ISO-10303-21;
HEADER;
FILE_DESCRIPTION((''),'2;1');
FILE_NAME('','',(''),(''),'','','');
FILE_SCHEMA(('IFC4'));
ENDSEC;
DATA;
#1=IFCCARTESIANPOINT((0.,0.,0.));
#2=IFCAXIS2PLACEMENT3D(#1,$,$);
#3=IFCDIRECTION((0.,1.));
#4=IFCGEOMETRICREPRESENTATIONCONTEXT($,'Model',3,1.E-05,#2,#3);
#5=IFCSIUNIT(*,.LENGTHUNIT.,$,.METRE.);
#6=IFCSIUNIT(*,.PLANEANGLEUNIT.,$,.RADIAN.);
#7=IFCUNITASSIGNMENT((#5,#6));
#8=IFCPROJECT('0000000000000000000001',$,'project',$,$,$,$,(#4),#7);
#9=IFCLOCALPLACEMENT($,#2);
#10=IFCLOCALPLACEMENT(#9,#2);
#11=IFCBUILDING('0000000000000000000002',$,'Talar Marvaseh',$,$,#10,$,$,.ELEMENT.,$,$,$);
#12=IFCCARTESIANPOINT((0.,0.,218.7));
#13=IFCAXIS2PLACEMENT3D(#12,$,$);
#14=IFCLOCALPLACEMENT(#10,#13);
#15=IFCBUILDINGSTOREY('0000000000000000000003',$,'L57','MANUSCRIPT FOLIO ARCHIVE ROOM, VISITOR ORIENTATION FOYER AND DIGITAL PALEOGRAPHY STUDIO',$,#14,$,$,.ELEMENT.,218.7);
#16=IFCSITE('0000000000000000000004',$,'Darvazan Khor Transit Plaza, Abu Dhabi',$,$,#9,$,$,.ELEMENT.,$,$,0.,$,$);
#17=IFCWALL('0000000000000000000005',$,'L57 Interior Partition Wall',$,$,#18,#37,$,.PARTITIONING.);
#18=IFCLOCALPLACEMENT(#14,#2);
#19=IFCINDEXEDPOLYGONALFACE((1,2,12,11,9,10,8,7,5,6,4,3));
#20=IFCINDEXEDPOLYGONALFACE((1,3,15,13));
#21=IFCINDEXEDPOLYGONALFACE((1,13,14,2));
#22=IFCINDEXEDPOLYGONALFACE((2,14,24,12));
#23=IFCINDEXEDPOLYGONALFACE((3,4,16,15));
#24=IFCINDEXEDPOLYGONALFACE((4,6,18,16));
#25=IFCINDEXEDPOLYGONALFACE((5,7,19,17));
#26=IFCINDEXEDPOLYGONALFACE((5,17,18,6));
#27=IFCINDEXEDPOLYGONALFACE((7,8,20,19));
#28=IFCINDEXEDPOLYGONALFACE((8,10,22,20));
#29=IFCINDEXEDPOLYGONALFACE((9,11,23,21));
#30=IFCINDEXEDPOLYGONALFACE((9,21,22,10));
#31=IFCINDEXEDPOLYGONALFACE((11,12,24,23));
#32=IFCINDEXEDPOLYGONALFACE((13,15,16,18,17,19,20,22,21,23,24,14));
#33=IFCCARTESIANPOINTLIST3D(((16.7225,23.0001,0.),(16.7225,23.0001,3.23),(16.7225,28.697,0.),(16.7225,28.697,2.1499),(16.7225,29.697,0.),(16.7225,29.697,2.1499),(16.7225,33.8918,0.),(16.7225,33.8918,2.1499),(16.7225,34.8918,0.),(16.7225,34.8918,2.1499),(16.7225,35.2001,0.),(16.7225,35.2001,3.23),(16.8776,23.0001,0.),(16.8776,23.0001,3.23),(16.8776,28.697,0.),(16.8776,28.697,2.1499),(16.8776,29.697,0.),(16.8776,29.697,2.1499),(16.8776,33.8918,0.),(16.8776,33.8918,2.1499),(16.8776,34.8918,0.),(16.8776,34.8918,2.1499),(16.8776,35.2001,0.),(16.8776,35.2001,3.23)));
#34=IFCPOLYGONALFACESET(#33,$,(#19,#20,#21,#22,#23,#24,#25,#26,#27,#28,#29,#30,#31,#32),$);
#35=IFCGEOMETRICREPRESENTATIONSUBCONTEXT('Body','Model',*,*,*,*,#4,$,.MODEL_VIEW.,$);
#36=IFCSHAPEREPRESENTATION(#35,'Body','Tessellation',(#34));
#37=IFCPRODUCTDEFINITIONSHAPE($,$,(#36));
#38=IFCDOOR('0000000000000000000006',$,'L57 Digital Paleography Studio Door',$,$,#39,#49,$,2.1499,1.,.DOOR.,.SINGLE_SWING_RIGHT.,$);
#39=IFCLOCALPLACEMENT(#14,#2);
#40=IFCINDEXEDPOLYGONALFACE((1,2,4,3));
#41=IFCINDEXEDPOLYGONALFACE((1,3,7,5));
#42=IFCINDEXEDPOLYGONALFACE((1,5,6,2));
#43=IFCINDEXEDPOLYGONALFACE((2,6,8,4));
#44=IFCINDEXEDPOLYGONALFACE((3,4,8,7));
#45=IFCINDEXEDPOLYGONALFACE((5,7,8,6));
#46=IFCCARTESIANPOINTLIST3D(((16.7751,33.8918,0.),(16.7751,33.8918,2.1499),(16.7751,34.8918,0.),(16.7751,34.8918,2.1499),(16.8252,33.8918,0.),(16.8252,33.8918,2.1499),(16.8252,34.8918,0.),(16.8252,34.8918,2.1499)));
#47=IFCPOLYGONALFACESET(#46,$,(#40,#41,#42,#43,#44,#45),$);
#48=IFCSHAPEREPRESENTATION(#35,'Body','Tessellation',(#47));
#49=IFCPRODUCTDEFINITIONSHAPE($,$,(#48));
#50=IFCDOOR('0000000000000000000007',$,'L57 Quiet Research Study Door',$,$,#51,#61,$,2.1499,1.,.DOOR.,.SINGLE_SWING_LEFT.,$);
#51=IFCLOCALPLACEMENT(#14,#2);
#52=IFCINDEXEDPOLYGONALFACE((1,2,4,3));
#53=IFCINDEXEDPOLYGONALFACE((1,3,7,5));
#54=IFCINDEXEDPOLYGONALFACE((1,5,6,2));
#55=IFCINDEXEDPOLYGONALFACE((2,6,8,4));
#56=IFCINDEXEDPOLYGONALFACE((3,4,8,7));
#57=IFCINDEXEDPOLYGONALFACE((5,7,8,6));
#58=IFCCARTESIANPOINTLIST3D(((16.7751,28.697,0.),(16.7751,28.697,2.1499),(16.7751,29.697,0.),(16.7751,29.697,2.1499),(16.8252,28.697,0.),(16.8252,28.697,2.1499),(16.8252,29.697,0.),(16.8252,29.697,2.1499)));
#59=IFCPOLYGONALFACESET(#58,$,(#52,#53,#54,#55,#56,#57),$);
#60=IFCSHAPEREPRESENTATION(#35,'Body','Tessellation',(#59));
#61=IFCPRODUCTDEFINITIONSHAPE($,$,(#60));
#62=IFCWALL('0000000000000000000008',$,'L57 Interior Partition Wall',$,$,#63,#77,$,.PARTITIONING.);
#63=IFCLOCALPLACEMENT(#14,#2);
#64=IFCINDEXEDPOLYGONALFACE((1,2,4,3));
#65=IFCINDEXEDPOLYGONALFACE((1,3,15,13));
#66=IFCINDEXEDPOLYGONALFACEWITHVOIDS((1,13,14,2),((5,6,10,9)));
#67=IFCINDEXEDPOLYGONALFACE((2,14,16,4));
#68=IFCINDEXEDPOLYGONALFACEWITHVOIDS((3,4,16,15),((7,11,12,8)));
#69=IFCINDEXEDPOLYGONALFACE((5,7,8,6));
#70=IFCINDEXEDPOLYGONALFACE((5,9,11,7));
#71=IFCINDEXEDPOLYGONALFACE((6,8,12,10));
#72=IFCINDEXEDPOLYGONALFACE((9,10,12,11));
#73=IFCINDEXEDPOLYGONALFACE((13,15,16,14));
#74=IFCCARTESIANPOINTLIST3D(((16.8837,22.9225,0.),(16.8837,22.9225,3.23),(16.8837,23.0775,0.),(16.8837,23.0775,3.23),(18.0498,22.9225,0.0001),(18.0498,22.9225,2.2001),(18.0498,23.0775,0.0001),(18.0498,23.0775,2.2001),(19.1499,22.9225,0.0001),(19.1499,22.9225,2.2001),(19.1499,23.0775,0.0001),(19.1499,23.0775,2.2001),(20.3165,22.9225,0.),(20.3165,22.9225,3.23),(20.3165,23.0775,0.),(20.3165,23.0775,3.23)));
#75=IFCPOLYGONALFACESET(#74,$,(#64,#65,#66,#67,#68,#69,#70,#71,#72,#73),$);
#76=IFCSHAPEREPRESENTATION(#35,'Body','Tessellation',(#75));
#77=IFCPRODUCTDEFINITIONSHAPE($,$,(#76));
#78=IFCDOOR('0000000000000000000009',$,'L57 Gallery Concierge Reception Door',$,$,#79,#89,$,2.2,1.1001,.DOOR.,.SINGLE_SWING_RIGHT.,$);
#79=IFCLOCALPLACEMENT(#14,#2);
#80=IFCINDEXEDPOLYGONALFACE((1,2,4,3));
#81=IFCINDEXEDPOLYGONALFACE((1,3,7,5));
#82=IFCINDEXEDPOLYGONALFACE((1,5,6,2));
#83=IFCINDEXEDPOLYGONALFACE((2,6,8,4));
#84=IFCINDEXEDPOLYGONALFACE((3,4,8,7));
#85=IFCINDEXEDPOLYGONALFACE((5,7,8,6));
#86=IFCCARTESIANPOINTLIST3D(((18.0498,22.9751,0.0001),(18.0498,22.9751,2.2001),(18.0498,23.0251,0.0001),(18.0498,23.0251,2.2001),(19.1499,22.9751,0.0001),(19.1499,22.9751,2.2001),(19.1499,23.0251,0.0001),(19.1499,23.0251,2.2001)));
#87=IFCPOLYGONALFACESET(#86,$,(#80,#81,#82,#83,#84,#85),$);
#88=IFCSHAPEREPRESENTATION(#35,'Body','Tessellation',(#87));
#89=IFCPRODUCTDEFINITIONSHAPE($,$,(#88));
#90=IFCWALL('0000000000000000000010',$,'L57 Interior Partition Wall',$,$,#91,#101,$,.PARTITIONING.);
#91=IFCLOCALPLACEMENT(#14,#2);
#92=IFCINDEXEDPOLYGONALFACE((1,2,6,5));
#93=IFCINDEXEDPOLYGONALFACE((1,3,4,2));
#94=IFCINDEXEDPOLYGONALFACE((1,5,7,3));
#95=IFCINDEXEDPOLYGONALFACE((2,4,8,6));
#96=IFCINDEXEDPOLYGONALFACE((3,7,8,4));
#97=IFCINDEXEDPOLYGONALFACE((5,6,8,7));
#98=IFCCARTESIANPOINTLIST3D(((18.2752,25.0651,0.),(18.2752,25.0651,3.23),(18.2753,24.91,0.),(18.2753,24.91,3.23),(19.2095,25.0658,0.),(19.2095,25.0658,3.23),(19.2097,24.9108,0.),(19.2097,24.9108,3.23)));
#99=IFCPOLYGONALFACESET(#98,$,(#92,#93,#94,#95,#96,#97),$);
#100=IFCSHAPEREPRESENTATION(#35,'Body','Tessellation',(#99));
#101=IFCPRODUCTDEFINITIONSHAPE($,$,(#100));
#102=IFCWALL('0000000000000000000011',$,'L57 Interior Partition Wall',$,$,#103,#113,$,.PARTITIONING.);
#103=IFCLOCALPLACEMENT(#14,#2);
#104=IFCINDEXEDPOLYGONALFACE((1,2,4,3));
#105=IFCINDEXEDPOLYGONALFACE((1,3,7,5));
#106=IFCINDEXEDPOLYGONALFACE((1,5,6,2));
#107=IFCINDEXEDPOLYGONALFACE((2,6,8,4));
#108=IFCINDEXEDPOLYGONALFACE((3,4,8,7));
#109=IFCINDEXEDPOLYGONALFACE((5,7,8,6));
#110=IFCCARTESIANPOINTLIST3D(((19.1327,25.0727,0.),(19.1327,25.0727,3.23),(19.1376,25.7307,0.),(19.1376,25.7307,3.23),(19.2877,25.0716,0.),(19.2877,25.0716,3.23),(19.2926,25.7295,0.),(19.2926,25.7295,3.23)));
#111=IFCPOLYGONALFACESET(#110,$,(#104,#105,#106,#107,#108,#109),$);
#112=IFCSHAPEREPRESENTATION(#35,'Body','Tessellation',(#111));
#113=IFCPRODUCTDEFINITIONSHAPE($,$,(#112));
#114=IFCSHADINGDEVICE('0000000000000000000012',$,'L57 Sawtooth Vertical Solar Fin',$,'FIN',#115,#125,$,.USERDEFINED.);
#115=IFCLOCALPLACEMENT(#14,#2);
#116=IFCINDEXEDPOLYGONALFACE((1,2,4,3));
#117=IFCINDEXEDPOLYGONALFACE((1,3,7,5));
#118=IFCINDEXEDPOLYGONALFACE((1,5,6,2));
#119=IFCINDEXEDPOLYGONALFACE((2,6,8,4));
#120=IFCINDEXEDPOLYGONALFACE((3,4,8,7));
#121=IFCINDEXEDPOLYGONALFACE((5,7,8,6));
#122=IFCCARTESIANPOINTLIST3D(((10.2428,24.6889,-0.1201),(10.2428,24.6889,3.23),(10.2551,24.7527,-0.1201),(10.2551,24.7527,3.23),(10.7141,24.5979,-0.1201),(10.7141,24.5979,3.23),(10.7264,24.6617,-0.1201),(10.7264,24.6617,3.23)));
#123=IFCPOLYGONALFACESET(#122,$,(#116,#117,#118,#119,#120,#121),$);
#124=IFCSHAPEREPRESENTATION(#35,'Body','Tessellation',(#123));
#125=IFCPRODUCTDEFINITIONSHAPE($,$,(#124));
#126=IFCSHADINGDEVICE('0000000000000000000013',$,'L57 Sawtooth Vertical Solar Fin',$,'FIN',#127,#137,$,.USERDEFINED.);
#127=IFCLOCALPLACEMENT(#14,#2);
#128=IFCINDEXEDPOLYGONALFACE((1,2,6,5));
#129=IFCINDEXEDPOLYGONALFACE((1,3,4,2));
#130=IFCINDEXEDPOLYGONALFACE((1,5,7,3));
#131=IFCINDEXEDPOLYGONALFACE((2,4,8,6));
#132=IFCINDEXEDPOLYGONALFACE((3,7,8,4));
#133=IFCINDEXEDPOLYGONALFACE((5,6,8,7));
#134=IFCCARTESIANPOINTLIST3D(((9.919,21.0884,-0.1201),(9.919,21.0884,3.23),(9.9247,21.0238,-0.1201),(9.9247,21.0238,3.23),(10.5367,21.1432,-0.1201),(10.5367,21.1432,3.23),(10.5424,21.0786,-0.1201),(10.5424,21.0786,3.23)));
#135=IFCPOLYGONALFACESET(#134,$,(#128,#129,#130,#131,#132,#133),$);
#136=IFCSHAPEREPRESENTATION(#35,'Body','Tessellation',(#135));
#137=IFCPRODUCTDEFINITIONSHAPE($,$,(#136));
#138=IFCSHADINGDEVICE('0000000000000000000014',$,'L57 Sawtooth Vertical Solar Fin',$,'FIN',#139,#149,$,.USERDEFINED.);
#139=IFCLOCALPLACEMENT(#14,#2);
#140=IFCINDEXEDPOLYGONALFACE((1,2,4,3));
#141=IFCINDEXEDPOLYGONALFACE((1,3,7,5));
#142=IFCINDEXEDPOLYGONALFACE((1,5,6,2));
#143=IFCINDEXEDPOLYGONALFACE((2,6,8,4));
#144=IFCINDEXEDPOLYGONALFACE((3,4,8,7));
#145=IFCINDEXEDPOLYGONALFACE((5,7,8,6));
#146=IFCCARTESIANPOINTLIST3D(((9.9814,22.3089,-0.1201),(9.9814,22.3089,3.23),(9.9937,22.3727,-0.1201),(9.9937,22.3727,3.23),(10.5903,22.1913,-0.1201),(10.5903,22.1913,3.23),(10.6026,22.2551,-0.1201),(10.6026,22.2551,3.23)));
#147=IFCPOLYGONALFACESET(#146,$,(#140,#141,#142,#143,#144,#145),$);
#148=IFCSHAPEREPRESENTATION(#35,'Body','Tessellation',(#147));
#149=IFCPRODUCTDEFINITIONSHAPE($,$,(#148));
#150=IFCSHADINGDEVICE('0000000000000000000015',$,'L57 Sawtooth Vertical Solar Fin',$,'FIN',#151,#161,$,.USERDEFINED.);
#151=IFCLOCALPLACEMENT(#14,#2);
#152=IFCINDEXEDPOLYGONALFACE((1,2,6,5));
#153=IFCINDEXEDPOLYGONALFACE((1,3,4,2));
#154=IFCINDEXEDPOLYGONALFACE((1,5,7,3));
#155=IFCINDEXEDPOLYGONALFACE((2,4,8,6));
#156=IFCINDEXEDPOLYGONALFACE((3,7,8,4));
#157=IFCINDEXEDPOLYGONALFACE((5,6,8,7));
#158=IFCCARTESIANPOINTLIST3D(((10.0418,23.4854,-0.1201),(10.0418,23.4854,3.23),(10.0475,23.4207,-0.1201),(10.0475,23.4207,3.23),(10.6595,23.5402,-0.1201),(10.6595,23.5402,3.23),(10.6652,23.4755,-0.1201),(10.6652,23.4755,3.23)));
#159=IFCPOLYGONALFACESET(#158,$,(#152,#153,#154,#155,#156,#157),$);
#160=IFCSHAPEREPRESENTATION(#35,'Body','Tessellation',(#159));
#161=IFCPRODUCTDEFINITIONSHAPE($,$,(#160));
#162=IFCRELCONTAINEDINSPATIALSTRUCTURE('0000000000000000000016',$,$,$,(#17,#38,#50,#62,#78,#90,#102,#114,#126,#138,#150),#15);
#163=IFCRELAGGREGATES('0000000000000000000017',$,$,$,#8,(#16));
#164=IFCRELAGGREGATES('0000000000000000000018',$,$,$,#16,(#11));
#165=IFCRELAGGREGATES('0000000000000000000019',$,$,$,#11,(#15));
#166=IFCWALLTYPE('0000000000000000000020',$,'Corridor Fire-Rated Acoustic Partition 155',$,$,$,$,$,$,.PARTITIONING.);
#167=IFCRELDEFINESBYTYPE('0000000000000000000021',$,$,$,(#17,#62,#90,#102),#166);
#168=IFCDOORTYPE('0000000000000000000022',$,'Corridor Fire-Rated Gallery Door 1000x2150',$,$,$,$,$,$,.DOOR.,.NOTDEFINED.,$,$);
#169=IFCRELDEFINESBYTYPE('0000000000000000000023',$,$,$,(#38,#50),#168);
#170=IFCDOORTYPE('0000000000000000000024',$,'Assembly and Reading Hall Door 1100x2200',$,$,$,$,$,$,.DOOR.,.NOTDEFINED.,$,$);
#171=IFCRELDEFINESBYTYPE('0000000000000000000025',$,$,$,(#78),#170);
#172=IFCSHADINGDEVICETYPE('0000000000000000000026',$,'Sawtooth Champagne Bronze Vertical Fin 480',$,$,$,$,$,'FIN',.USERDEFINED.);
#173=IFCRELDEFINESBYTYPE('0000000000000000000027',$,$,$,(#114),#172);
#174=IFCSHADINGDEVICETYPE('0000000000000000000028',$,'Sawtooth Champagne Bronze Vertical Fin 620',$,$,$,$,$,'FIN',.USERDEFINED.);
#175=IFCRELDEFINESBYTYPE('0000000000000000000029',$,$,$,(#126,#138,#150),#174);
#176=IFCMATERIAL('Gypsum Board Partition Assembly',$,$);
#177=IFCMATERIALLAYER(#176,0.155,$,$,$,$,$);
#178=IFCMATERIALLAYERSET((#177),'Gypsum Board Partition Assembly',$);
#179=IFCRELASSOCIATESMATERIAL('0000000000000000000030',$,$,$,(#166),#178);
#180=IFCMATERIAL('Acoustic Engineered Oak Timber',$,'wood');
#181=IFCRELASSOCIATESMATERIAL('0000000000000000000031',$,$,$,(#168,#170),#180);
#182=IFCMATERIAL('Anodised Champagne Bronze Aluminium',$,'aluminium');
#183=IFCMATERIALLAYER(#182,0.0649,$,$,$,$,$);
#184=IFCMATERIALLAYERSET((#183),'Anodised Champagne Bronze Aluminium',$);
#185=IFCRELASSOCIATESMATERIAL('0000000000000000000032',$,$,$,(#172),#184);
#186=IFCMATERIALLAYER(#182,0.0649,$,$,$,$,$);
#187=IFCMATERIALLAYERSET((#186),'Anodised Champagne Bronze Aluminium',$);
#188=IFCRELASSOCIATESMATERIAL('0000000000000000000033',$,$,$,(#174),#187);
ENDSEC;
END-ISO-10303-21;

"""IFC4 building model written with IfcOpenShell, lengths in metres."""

from ifc_helpers import new_model, si_unit, direction, frame, frame_2d, origin, origin_2d, place, context, subcontext, project, spatial, rectangle, extrude, source, transform, mapped, material, layer, layer_set, type_object, type_shapes, element, fill, save


model = new_model("IFC4")

# Units and contexts
model_context = context("Model", 3, precision=1e-05, world=origin(), true_north=direction((0.0, 1.0)))
body_context = subcontext(model_context, "Body", "Model", "MODEL_VIEW")
ifc_project = project(units=[si_unit("LENGTHUNIT", "METRE"), si_unit("PLANEANGLEUNIT", "RADIAN")], contexts=[model_context])

# Site, building, storey
site_placement = place(None, origin())
site = spatial("IfcSite", under=ifc_project, at=site_placement, Name="Darvazan Khor Transit Plaza, Abu Dhabi", CompositionType="ELEMENT", RefElevation=0.0)
building_placement = place(site_placement, origin())
building = spatial("IfcBuilding", under=site, at=building_placement, Name="Talar Marvaseh", CompositionType="ELEMENT")
storey_placement = place(building_placement, frame((0.0, 0.0, 218.7)))
storey = spatial("IfcBuildingStorey", under=building, at=storey_placement, Name="L57", Description="MANUSCRIPT FOLIO ARCHIVE ROOM, VISITOR ORIENTATION FOYER AND DIGITAL PALEOGRAPHY STUDIO", CompositionType="ELEMENT", Elevation=218.7)

# Wall, openings, doors
ifc_material_1 = material(Name="Gypsum Board Partition Assembly")
ifc_layer_1 = layer(ifc_material_1, 0.155)
ifc_layer_set_1 = layer_set([ifc_layer_1], Name="Gypsum Board Partition Assembly")
wall_type = type_object("IfcWallType", Name="Corridor Fire-Rated Acoustic Partition 155", PredefinedType="PARTITIONING", material=ifc_layer_set_1)
wall_1_placement = place(storey_placement, frame((16.8, 23.0, 0.0), z_axis=(0.0, 0.0, 1.0), x_axis=(0.0, 1.0, 0.0)))
wall_1 = element("IfcWall", 1, at=wall_1_placement, inside=storey, type_object=wall_type, Name="L57 Interior Partition Wall", PredefinedType="PARTITIONING", context=body_context, shape_type="SweptSolid", body=[
    extrude(rectangle(XDim=12.2, YDim=0.155, at=frame_2d((6.1001, 0.0))), origin(), (0.0, 0.0, 1.0), 3.23),
])
opening_1_placement = place(wall_1_placement, frame((10.8918, 0.0, 0.0)))
opening_1 = element("IfcOpeningElement", 2, at=opening_1_placement, cuts=wall_1, PredefinedType="OPENING", context=body_context, shape_type="SweptSolid", body=[
    extrude(rectangle(XDim=1.0, YDim=2.1499, at=frame_2d((0.5, 1.075))), frame((0.0, 0.0874, 0.0), z_axis=(0.0, -1.0, 0.0), x_axis=(1.0, 0.0, 0.0)), (0.0, 0.0, 1.0), 0.175),
])
opening_2_placement = place(wall_1_placement, frame((5.697, 0.0, 0.0)))
opening_2 = element("IfcOpeningElement", 3, at=opening_2_placement, cuts=wall_1, PredefinedType="OPENING", context=body_context, shape_type="SweptSolid", body=[
    extrude(rectangle(XDim=1.0, YDim=2.1499, at=frame_2d((0.5, 1.075))), frame((0.0, 0.0874, 0.0), z_axis=(0.0, -1.0, 0.0), x_axis=(1.0, 0.0, 0.0)), (0.0, 0.0, 1.0), 0.175),
])
ifc_material_2 = material(Name="Acoustic Engineered Oak Timber", Category="wood")
door_type_1 = type_object("IfcDoorType", Name="Corridor Fire-Rated Gallery Door 1000x2150", OperationType="NOTDEFINED", PredefinedType="DOOR", material=ifc_material_2)
shared_shape_1 = source(origin(), body_context, "Body", "SweptSolid", [
    extrude(rectangle(XDim=1.0, YDim=2.1499, at=frame_2d((0.5, 1.075))), frame((0.0, 0.0249, 0.0), z_axis=(0.0, -1.0, 0.0), x_axis=(1.0, 0.0, 0.0)), (0.0, 0.0, 1.0), 0.05),
])
type_shapes(door_type_1, [shared_shape_1])
door_1_placement = place(opening_1_placement, origin())
door_1 = element("IfcDoor", 4, at=door_1_placement, inside=storey, type_object=door_type_1, Name="L57 Digital Paleography Studio Door", OperationType="SINGLE_SWING_RIGHT", OverallHeight=2.1499, OverallWidth=1.0, PredefinedType="DOOR", context=body_context, shape_type="MappedRepresentation", body=[
    mapped(shared_shape_1, transform((0.0, 0.0, 0.0), x_axis=(1.0, 0.0, 0.0), y_axis=(0.0, 1.0, 0.0), z_axis=(0.0, 0.0, 1.0), scale=1.0)),
])
fill(opening_1, door_1)
door_2_placement = place(opening_2_placement, origin())
door_2 = element("IfcDoor", 5, at=door_2_placement, inside=storey, type_object=door_type_1, Name="L57 Quiet Research Study Door", OperationType="SINGLE_SWING_LEFT", OverallHeight=2.1499, OverallWidth=1.0, PredefinedType="DOOR", context=body_context, shape_type="MappedRepresentation", body=[
    mapped(shared_shape_1, transform((0.0, 0.0, 0.0), x_axis=(1.0, 0.0, 0.0), y_axis=(0.0, 1.0, 0.0), z_axis=(0.0, 0.0, 1.0), scale=1.0)),
])
fill(opening_2, door_2)

# Wall, opening, door
wall_2_placement = place(storey_placement, frame((20.3164, 23.0, 0.0), z_axis=(0.0, 0.0, 1.0), x_axis=(-1.0, 0.0, 0.0)))
wall_2 = element("IfcWall", 6, at=wall_2_placement, inside=storey, type_object=wall_type, Name="L57 Interior Partition Wall", PredefinedType="PARTITIONING", context=body_context, shape_type="SweptSolid", body=[
    extrude(rectangle(XDim=3.4329, YDim=0.155, at=frame_2d((1.7163, 0.0))), origin(), (0.0, 0.0, 1.0), 3.23),
])
opening_3_placement = place(wall_2_placement, frame((1.1665, 0.0, 0.0)))
opening_3 = element("IfcOpeningElement", 7, at=opening_3_placement, cuts=wall_2, PredefinedType="OPENING", context=body_context, shape_type="SweptSolid", body=[
    extrude(rectangle(XDim=1.1001, YDim=2.2, at=frame_2d((0.55, 1.1001))), frame((0.0, 0.0874, 0.0), z_axis=(0.0, -1.0, 0.0), x_axis=(1.0, 0.0, 0.0)), (0.0, 0.0, 1.0), 0.175),
])
door_type_2 = type_object("IfcDoorType", Name="Assembly and Reading Hall Door 1100x2200", OperationType="NOTDEFINED", PredefinedType="DOOR", material=ifc_material_2)
shared_shape_2 = source(origin(), body_context, "Body", "SweptSolid", [
    extrude(rectangle(XDim=1.1001, YDim=2.2, at=frame_2d((0.55, 1.1001))), frame((0.0, 0.0249, 0.0), z_axis=(0.0, -1.0, 0.0), x_axis=(1.0, 0.0, 0.0)), (0.0, 0.0, 1.0), 0.05),
])
type_shapes(door_type_2, [shared_shape_2])
door_3_placement = place(opening_3_placement, origin())
door_3 = element("IfcDoor", 8, at=door_3_placement, inside=storey, type_object=door_type_2, Name="L57 Gallery Concierge Reception Door", OperationType="SINGLE_SWING_RIGHT", OverallHeight=2.2, OverallWidth=1.1001, PredefinedType="DOOR", context=body_context, shape_type="MappedRepresentation", body=[
    mapped(shared_shape_2, transform((0.0, 0.0, 0.0), x_axis=(1.0, 0.0, 0.0), y_axis=(0.0, 1.0, 0.0), z_axis=(0.0, 0.0, 1.0), scale=1.0)),
])
fill(opening_3, door_3)

# Walls
wall_3_placement = place(storey_placement, frame((18.2751, 24.9875, 0.0), z_axis=(0.0, 0.0, 1.0), x_axis=(1.0, 0.000784, 0.0)))
element("IfcWall", 9, at=wall_3_placement, inside=storey, type_object=wall_type, Name="L57 Interior Partition Wall", PredefinedType="PARTITIONING", context=body_context, shape_type="SweptSolid", body=[
    extrude(rectangle(XDim=0.9343, YDim=0.155, at=frame_2d((0.4673, 0.0))), origin(), (0.0, 0.0, 1.0), 3.23),
])
wall_4_placement = place(storey_placement, frame((19.2102, 25.072, 0.0), z_axis=(0.0, 0.0, 1.0), x_axis=(0.007421, 0.999972, 0.0)))
element("IfcWall", 10, at=wall_4_placement, inside=storey, type_object=wall_type, Name="L57 Interior Partition Wall", PredefinedType="PARTITIONING", context=body_context, shape_type="SweptSolid", body=[
    extrude(rectangle(XDim=0.658, YDim=0.155, at=frame_2d((0.3291, 0.0))), origin(), (0.0, 0.0, 1.0), 3.23),
])

# Shading devices
ifc_material_3 = material(Name="Anodised Champagne Bronze Aluminium", Category="aluminium")
ifc_layer_2 = layer(ifc_material_3, 0.0649)
ifc_layer_set_2 = layer_set([ifc_layer_2], Name="Anodised Champagne Bronze Aluminium")
shading_device_type_1 = type_object("IfcShadingDeviceType", Name="Sawtooth Champagne Bronze Vertical Fin 480", ElementType="FIN", PredefinedType="USERDEFINED", material=ifc_layer_set_2)
shared_shape_3 = source(origin(), body_context, "Body", "SweptSolid", [
    extrude(rectangle(XDim=0.48, YDim=0.0649, at=origin_2d()), origin(), (0.0, 0.0, 1.0), 3.3501),
])
type_shapes(shading_device_type_1, [shared_shape_3])
shading_device_placement = place(storey_placement, frame((10.4846, 24.6753, -0.1201), z_axis=(0.0, 0.0, 1.0), x_axis=(-0.98186, 0.18961, 0.0)))
element("IfcShadingDevice", 11, at=shading_device_placement, inside=storey, type_object=shading_device_type_1, Name="L57 Sawtooth Vertical Solar Fin", ObjectType="FIN", PredefinedType="USERDEFINED", context=body_context, shape_type="MappedRepresentation", body=[
    mapped(shared_shape_3, transform((0.0, 0.0, 0.0), x_axis=(1.0, 0.0, 0.0), y_axis=(0.0, 1.0, 0.0), z_axis=(0.0, 0.0, 1.0), scale=1.0)),
])
ifc_layer_3 = layer(ifc_material_3, 0.0649)
ifc_layer_set_3 = layer_set([ifc_layer_3], Name="Anodised Champagne Bronze Aluminium")
shading_device_type_2 = type_object("IfcShadingDeviceType", Name="Sawtooth Champagne Bronze Vertical Fin 620", ElementType="FIN", PredefinedType="USERDEFINED", material=ifc_layer_set_3)
shared_shape_4 = source(origin(), body_context, "Body", "SweptSolid", [
    extrude(rectangle(XDim=0.6201, YDim=0.0649, at=origin_2d()), origin(), (0.0, 0.0, 1.0), 3.3501),
])
type_shapes(shading_device_type_2, [shared_shape_4])
for number, where, z_axis, x_axis, name in (
    (12, (10.2307, 21.0835, -0.1201), (0.0, 0.0, 1.0), (-0.996087, -0.088373, 0.0), "L57 Sawtooth Vertical Solar Fin"),
    (13, (10.292, 22.282, -0.1201), (0.0, 0.0, 1.0), (-0.98186, 0.18961, 0.0), "L57 Sawtooth Vertical Solar Fin"),
    (14, (10.3535, 23.4805, -0.1201), (0.0, 0.0, 1.0), (-0.996087, -0.088373, 0.0), "L57 Sawtooth Vertical Solar Fin"),
):
    element("IfcShadingDevice", number, at=place(storey_placement, frame(where, z_axis=z_axis, x_axis=x_axis)), inside=storey, type_object=shading_device_type_2, Name=name, ObjectType="FIN", PredefinedType="USERDEFINED", context=body_context, shape_type="MappedRepresentation", body=[
        mapped(shared_shape_4, transform((0.0, 0.0, 0.0), x_axis=(1.0, 0.0, 0.0), y_axis=(0.0, 1.0, 0.0), z_axis=(0.0, 0.0, 1.0), scale=1.0)),
    ])

save(model, "model.ifc")
